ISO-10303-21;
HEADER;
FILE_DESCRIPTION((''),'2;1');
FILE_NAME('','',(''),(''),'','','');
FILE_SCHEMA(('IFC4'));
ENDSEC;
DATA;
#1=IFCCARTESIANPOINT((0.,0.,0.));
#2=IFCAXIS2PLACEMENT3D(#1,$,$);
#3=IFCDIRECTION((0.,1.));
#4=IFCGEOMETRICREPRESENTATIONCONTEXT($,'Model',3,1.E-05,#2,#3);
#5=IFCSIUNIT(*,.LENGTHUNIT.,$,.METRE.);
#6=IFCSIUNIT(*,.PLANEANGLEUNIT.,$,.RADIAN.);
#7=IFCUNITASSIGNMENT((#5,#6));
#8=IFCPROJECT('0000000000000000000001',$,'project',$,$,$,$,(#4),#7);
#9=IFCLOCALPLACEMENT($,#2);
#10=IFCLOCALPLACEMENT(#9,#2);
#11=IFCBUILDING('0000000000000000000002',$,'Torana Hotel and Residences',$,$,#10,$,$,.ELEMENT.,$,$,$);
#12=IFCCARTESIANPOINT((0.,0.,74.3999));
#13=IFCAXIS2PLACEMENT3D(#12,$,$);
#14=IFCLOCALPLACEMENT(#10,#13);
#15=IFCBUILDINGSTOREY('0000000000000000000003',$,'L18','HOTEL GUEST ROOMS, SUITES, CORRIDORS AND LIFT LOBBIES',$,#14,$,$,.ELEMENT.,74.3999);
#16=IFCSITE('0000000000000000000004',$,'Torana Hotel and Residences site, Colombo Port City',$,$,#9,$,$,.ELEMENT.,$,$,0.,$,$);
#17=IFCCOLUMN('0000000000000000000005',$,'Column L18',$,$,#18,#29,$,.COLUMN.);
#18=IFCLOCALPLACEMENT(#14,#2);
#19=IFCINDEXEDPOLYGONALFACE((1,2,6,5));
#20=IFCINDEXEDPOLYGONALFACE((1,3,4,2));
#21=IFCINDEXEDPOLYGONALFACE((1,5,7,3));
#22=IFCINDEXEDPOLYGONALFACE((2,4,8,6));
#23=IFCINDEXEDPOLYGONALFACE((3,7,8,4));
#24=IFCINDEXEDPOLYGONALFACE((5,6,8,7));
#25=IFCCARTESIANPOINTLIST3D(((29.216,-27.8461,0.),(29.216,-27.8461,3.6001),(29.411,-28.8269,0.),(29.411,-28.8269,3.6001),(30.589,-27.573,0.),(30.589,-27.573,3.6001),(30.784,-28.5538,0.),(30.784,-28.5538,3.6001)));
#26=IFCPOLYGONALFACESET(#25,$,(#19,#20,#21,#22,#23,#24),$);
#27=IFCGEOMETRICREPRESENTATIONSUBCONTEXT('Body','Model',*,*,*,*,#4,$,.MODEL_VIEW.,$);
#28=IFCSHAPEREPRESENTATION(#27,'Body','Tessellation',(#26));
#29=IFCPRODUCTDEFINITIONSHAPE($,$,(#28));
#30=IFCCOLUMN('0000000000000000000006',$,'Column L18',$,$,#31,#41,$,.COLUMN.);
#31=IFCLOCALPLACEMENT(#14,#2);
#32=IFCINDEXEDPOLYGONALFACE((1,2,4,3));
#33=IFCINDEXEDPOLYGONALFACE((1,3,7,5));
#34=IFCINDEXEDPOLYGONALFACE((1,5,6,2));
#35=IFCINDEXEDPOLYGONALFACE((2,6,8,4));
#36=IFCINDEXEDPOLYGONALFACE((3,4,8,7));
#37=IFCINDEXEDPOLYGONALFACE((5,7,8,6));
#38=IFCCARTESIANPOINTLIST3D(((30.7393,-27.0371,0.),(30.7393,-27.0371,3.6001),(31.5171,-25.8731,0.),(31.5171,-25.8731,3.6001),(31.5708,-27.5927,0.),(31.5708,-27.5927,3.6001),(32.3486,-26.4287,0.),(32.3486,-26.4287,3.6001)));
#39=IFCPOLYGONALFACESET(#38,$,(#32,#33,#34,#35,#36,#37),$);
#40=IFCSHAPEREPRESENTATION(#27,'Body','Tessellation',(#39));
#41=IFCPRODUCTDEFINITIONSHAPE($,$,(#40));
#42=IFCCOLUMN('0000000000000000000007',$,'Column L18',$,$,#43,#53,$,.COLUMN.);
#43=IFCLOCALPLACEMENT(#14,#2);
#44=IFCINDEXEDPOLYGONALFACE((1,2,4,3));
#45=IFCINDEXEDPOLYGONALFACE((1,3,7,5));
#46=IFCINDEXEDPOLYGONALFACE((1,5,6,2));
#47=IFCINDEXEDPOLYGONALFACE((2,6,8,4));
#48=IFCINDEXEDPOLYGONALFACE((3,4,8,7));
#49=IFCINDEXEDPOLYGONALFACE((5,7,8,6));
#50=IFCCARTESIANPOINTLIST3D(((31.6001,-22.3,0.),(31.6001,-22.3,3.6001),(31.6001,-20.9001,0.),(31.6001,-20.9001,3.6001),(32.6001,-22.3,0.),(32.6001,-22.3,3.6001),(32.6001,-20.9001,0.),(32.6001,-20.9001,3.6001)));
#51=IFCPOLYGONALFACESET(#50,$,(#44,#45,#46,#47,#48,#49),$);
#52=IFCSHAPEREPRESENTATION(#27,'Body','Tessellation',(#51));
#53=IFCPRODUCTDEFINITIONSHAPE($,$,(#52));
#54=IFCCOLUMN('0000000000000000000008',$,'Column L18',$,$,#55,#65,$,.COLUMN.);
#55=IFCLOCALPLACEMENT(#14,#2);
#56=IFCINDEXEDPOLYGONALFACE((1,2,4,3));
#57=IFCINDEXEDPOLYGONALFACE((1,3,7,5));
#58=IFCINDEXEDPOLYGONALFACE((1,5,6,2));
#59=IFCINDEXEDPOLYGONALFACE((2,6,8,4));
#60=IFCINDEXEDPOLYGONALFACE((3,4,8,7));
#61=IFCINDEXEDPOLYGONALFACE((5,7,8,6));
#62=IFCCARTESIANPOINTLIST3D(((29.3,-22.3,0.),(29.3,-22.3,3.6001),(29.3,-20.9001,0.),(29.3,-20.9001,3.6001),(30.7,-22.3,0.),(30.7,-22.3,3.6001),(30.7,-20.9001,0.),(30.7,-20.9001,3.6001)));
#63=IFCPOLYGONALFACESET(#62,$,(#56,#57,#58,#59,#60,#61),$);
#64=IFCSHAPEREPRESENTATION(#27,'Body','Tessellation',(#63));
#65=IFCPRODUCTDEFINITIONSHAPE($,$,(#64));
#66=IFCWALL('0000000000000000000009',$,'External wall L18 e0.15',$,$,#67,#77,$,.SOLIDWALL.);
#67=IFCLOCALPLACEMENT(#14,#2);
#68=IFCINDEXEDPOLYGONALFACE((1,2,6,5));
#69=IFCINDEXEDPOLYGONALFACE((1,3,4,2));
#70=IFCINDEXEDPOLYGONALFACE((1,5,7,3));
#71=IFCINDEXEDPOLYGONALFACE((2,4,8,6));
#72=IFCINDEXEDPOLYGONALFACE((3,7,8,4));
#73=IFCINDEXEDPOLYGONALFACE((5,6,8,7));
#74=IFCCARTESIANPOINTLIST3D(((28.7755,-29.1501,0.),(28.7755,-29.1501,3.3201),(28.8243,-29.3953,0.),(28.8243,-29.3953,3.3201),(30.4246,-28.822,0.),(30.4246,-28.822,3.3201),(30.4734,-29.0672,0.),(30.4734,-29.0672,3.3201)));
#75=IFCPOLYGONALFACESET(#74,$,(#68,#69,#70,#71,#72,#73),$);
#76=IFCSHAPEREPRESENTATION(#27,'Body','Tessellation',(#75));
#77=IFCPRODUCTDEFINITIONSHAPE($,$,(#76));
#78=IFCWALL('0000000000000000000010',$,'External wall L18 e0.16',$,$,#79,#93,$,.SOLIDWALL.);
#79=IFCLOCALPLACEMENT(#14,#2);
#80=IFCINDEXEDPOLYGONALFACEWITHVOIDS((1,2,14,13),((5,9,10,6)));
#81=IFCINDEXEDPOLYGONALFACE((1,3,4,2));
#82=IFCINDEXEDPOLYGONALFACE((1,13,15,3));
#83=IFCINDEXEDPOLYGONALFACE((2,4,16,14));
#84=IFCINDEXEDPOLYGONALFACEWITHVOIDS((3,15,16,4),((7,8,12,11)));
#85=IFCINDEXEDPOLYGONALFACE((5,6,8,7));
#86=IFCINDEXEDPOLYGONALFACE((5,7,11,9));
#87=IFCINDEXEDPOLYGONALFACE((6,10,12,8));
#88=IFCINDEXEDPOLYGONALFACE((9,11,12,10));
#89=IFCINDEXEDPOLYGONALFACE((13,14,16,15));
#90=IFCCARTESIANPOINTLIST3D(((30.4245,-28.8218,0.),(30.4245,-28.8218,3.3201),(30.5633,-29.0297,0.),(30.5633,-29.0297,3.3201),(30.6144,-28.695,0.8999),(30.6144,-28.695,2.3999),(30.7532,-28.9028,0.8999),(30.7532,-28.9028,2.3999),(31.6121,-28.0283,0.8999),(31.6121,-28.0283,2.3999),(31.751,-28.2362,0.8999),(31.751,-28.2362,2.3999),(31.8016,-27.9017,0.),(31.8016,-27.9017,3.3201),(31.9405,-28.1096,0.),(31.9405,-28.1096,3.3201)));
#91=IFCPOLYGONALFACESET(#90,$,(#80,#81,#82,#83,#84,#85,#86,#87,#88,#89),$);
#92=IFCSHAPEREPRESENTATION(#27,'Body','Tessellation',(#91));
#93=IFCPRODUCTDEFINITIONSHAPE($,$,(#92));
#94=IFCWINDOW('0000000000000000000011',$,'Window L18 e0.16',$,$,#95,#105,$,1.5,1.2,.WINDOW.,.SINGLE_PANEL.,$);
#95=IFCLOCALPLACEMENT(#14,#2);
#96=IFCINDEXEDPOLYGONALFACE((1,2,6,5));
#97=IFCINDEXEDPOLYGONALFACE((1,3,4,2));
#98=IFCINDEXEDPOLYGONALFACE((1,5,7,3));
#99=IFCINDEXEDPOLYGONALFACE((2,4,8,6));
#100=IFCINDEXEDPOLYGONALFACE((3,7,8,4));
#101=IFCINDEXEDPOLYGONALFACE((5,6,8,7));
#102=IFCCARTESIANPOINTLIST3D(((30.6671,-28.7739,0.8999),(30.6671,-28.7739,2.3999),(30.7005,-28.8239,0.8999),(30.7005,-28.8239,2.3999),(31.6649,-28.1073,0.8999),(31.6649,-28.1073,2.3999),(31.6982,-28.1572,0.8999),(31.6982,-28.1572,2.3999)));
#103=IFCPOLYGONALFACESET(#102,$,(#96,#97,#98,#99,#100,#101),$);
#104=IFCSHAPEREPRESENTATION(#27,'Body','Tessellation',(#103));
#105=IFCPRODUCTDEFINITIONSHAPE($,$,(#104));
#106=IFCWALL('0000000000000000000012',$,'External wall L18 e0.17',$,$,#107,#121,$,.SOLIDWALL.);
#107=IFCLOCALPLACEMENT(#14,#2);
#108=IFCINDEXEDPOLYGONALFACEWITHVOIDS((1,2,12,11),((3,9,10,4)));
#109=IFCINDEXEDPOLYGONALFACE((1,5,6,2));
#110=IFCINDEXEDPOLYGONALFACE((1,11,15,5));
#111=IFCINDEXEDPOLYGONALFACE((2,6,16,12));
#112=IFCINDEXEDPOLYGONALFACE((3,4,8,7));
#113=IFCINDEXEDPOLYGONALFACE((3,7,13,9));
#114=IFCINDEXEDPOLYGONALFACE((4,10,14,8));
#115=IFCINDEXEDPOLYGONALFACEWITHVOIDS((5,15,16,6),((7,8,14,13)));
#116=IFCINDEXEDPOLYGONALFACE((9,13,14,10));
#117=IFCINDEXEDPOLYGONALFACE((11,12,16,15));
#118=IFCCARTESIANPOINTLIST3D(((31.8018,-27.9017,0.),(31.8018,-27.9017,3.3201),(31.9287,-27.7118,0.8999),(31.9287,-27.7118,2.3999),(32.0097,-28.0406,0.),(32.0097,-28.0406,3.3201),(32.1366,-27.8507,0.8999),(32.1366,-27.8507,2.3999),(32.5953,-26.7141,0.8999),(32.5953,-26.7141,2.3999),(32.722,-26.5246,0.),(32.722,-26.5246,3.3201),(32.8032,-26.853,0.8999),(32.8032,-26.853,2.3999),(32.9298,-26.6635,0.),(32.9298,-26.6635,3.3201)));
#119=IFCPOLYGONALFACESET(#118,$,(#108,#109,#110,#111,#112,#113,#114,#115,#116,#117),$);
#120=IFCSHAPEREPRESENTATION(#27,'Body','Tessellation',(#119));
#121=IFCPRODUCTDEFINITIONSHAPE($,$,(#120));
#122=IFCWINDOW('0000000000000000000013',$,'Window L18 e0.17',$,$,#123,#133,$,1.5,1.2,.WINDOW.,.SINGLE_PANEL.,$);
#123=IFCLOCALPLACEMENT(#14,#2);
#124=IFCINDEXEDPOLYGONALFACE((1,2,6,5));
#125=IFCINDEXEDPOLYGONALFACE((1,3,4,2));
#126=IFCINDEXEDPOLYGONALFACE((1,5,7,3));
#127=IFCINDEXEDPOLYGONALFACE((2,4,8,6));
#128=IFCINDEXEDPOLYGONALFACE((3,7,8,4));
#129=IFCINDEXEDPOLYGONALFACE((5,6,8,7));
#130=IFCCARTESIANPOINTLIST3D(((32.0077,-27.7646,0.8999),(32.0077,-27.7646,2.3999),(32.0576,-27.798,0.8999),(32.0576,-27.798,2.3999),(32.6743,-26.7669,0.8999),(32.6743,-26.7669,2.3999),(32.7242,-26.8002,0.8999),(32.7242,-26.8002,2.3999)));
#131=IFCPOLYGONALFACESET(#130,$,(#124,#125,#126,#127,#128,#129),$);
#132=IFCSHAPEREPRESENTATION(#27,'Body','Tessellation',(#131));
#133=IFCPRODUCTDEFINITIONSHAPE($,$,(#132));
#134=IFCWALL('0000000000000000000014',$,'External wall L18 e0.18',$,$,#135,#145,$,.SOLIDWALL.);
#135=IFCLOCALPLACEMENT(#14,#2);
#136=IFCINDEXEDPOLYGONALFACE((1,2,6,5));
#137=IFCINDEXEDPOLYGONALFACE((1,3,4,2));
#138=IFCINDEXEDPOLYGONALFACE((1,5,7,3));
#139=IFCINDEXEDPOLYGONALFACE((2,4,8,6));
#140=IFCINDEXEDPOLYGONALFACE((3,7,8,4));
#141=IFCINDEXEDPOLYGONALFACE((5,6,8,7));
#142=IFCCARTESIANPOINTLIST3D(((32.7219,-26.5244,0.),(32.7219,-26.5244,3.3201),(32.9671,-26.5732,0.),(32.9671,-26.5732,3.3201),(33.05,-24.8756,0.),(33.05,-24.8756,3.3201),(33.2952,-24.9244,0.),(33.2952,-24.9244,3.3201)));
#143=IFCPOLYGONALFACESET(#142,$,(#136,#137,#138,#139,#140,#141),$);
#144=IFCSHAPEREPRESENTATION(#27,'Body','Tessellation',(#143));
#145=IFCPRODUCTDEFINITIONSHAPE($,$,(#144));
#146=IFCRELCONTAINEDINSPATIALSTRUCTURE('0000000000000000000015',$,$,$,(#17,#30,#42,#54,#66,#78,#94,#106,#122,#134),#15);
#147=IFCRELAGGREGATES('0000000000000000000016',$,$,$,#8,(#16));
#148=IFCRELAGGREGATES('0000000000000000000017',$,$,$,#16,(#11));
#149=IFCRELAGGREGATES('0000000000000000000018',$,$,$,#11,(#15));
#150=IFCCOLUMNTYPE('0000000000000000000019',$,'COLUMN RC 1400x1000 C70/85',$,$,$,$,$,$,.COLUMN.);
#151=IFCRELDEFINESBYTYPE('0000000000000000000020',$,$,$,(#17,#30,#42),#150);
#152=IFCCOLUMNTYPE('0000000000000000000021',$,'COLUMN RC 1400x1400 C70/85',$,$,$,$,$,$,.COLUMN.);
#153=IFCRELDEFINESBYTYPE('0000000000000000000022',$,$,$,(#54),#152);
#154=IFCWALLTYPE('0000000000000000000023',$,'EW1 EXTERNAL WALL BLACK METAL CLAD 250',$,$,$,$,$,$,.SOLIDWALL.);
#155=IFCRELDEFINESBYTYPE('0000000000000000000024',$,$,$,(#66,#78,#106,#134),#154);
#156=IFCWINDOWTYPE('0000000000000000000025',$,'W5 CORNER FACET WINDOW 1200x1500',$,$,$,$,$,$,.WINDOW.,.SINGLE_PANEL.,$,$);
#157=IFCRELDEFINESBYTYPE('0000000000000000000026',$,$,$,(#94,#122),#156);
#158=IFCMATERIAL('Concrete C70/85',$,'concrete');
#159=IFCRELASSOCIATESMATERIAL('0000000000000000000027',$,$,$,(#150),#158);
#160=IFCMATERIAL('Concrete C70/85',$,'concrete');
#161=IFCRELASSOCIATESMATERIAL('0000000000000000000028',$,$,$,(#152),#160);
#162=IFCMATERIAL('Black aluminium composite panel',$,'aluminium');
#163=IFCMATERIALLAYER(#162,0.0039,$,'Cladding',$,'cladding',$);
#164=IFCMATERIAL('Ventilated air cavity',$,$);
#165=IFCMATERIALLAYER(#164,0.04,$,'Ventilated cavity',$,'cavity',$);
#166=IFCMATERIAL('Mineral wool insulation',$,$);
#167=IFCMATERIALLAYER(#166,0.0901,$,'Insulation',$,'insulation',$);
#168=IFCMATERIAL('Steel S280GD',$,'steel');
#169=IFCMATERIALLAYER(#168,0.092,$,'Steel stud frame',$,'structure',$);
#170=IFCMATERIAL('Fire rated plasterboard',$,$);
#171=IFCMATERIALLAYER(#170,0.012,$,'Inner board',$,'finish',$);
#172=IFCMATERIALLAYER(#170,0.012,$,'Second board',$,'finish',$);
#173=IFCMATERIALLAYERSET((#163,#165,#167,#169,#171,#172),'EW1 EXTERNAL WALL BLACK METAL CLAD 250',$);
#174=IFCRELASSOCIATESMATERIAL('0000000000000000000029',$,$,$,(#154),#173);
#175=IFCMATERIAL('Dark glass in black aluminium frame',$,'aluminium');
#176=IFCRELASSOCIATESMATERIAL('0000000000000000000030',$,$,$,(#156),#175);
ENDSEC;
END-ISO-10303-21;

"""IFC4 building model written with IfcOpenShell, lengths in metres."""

from ifc_helpers import new_model, si_unit, direction, frame, frame_2d, origin, origin_2d, place, context, subcontext, project, spatial, rectangle, extrude, material, layer, layer_set, material_profile, profile_set, type_object, element, fill, save


model = new_model("IFC4")

# Units and contexts
model_context = context("Model", 3, precision=1e-05, world=origin(), true_north=direction((0.0, 1.0)))
body_context = subcontext(model_context, "Body", "Model", "MODEL_VIEW")
ifc_project = project(units=[si_unit("LENGTHUNIT", "METRE"), si_unit("PLANEANGLEUNIT", "RADIAN")], contexts=[model_context])

# Site, building, storey
site_placement = place(None, origin())
site = spatial("IfcSite", under=ifc_project, at=site_placement, Name="Torana Hotel and Residences site, Colombo Port City", CompositionType="ELEMENT", RefElevation=0.0)
building_placement = place(site_placement, origin())
building = spatial("IfcBuilding", under=site, at=building_placement, Name="Torana Hotel and Residences", CompositionType="ELEMENT")
storey_placement = place(building_placement, frame((0.0, 0.0, 74.3999)))
storey = spatial("IfcBuildingStorey", under=building, at=storey_placement, Name="L18", Description="HOTEL GUEST ROOMS, SUITES, CORRIDORS AND LIFT LOBBIES", CompositionType="ELEMENT", Elevation=74.3999)

# Columns
ifc_material_1 = material(Name="Concrete C70/85", Category="concrete")
ifc_material_profile_1 = material_profile(ifc_material_1, rectangle(XDim=1.3999, YDim=1.0, at=origin_2d()), Name="RC 1400x1000")
ifc_profile_set_1 = profile_set([ifc_material_profile_1], Name="Concrete C70/85")
column_type_1 = type_object("IfcColumnType", Name="COLUMN RC 1400x1000 C70/85", PredefinedType="COLUMN", material=ifc_profile_set_1)
for number, where, z_axis, x_axis, name in (
    (1, (30.0, -28.2, 0.0), (0.0, 0.0, 1.0), (0.980792, 0.195056, 0.0), "Column L18"),
    (2, (31.5439, -26.7329, 0.0), (0.0, 0.0, 1.0), (0.555585, 0.83146, 0.0), "Column L18"),
    (3, (32.1001, -21.6001, 0.0), (0.0, 0.0, 1.0), (0.0, 1.0, 0.0), "Column L18"),
):
    element("IfcColumn", number, at=place(storey_placement, frame(where, z_axis=z_axis, x_axis=x_axis)), inside=storey, type_object=column_type_1, Name=name, PredefinedType="COLUMN", context=body_context, shape_type="SweptSolid", body=[
        extrude(rectangle(XDim=1.3999, YDim=1.0, at=origin_2d()), origin(), (0.0, 0.0, 1.0), 3.6001),
    ])
ifc_material_2 = material(Name="Concrete C70/85", Category="concrete")
ifc_material_profile_2 = material_profile(ifc_material_2, rectangle(XDim=1.3999, YDim=1.3999, at=origin_2d()), Name="RC 1400x1400")
ifc_profile_set_2 = profile_set([ifc_material_profile_2], Name="Concrete C70/85")
column_type_2 = type_object("IfcColumnType", Name="COLUMN RC 1400x1400 C70/85", PredefinedType="COLUMN", material=ifc_profile_set_2)
column_placement = place(storey_placement, frame((30.0, -21.6001, 0.0), z_axis=(0.0, 0.0, 1.0), x_axis=(1.0, 0.0, 0.0)))
element("IfcColumn", 4, at=column_placement, inside=storey, type_object=column_type_2, Name="Column L18", PredefinedType="COLUMN", context=body_context, shape_type="SweptSolid", body=[
    extrude(rectangle(XDim=1.3999, YDim=1.3999, at=origin_2d()), origin(), (0.0, 0.0, 1.0), 3.6001),
])

# Wall
ifc_material_3 = material(Name="Black aluminium composite panel", Category="aluminium")
ifc_layer_1 = layer(ifc_material_3, 0.0039, Name="Cladding", Category="cladding")
ifc_material_4 = material(Name="Ventilated air cavity")
ifc_layer_2 = layer(ifc_material_4, 0.04, Name="Ventilated cavity", Category="cavity")
ifc_material_5 = material(Name="Mineral wool insulation")
ifc_layer_3 = layer(ifc_material_5, 0.0901, Name="Insulation", Category="insulation")
ifc_material_6 = material(Name="Steel S280GD", Category="steel")
ifc_layer_4 = layer(ifc_material_6, 0.092, Name="Steel stud frame", Category="structure")
ifc_material_7 = material(Name="Fire rated plasterboard")
ifc_layer_5 = layer(ifc_material_7, 0.012, Name="Inner board", Category="finish")
ifc_layer_6 = layer(ifc_material_7, 0.012, Name="Second board", Category="finish")
ifc_layer_set_1 = layer_set([ifc_layer_1, ifc_layer_2, ifc_layer_3, ifc_layer_4, ifc_layer_5, ifc_layer_6], Name="EW1 EXTERNAL WALL BLACK METAL CLAD 250")
wall_type_1 = type_object("IfcWallType", Name="EW1 EXTERNAL WALL BLACK METAL CLAD 250", PredefinedType="SOLIDWALL", material=ifc_layer_set_1)
wall_1_placement = place(storey_placement, frame((28.7998, -29.2727, 0.0), z_axis=(0.0, 0.0, 1.0), x_axis=(0.980776, 0.195139, 0.0)))
element("IfcWall", 5, at=wall_1_placement, inside=storey, type_object=wall_type_1, Name="External wall L18 e0.15", PredefinedType="SOLIDWALL", context=body_context, shape_type="SweptSolid", body=[
    extrude(rectangle(XDim=1.6814, YDim=0.25, at=frame_2d((0.8408, 0.0))), origin(), (0.0, 0.0, 1.0), 3.3201),
])

# Walls, openings, windows
wall_2_placement = place(storey_placement, frame((30.4939, -28.9258, 0.0), z_axis=(0.0, 0.0, 1.0), x_axis=(0.831483, 0.55555, 0.0)))
wall_2 = element("IfcWall", 6, at=wall_2_placement, inside=storey, type_object=wall_type_1, Name="External wall L18 e0.16", PredefinedType="SOLIDWALL", context=body_context, shape_type="SweptSolid", body=[
    extrude(rectangle(XDim=1.6562, YDim=0.25, at=frame_2d((0.8281, 0.0))), origin(), (0.0, 0.0, 1.0), 3.3201),
])
opening_1_placement = place(wall_2_placement, frame((0.2283, 0.0, 0.8999)))
opening_1 = element("IfcOpeningElement", 7, at=opening_1_placement, cuts=wall_2, PredefinedType="OPENING", context=body_context, shape_type="SweptSolid", body=[
    extrude(rectangle(XDim=1.2, YDim=1.5, at=frame_2d((0.6001, 0.75))), frame((0.0, 0.135, 0.0), z_axis=(0.0, -1.0, 0.0), x_axis=(1.0, 0.0, 0.0)), (0.0, 0.0, 1.0), 0.27),
])
ifc_material_8 = material(Name="Dark glass in black aluminium frame", Category="aluminium")
window_type_1 = type_object("IfcWindowType", Name="W5 CORNER FACET WINDOW 1200x1500", PartitioningType="SINGLE_PANEL", PredefinedType="WINDOW", material=ifc_material_8)
window_1_placement = place(opening_1_placement, origin())
window_1 = element("IfcWindow", 8, at=window_1_placement, inside=storey, type_object=window_type_1, Name="Window L18 e0.16", OverallHeight=1.5, OverallWidth=1.2, PartitioningType="SINGLE_PANEL", PredefinedType="WINDOW", context=body_context, shape_type="SweptSolid", body=[
    extrude(rectangle(XDim=1.2, YDim=1.5, at=frame_2d((0.6001, 0.75))), frame((0.0, 0.03, 0.0), z_axis=(0.0, -1.0, 0.0), x_axis=(1.0, 0.0, 0.0)), (0.0, 0.0, 1.0), 0.0601),
])
fill(opening_1, window_1)
wall_3_placement = place(storey_placement, frame((31.9058, -27.9712, 0.0), z_axis=(0.0, 0.0, 1.0), x_axis=(0.55555, 0.831483, 0.0)))
wall_3 = element("IfcWall", 9, at=wall_3_placement, inside=storey, type_object=wall_type_1, Name="External wall L18 e0.17", PredefinedType="SOLIDWALL", context=body_context, shape_type="SweptSolid", body=[
    extrude(rectangle(XDim=1.6562, YDim=0.25, at=frame_2d((0.8281, 0.0))), origin(), (0.0, 0.0, 1.0), 3.3201),
])
opening_2_placement = place(wall_3_placement, frame((0.2283, 0.0, 0.8999)))
opening_2 = element("IfcOpeningElement", 10, at=opening_2_placement, cuts=wall_3, PredefinedType="OPENING", context=body_context, shape_type="SweptSolid", body=[
    extrude(rectangle(XDim=1.2, YDim=1.5, at=frame_2d((0.6001, 0.75))), frame((0.0, 0.135, 0.0), z_axis=(0.0, -1.0, 0.0), x_axis=(1.0, 0.0, 0.0)), (0.0, 0.0, 1.0), 0.27),
])
window_2_placement = place(opening_2_placement, origin())
window_2 = element("IfcWindow", 11, at=window_2_placement, inside=storey, type_object=window_type_1, Name="Window L18 e0.17", OverallHeight=1.5, OverallWidth=1.2, PartitioningType="SINGLE_PANEL", PredefinedType="WINDOW", context=body_context, shape_type="SweptSolid", body=[
    extrude(rectangle(XDim=1.2, YDim=1.5, at=frame_2d((0.6001, 0.75))), frame((0.0, 0.03, 0.0), z_axis=(0.0, -1.0, 0.0), x_axis=(1.0, 0.0, 0.0)), (0.0, 0.0, 1.0), 0.0601),
])
fill(opening_2, window_2)

# Wall
wall_4_placement = place(storey_placement, frame((32.8445, -26.5488, 0.0), z_axis=(0.0, 0.0, 1.0), x_axis=(0.195167, 0.98077, 0.0)))
element("IfcWall", 12, at=wall_4_placement, inside=storey, type_object=wall_type_1, Name="External wall L18 e0.18", PredefinedType="SOLIDWALL", context=body_context, shape_type="SweptSolid", body=[
    extrude(rectangle(XDim=1.6812, YDim=0.25, at=frame_2d((0.8406, 0.0))), origin(), (0.0, 0.0, 1.0), 3.3201),
])

save(model, "model.ifc")
